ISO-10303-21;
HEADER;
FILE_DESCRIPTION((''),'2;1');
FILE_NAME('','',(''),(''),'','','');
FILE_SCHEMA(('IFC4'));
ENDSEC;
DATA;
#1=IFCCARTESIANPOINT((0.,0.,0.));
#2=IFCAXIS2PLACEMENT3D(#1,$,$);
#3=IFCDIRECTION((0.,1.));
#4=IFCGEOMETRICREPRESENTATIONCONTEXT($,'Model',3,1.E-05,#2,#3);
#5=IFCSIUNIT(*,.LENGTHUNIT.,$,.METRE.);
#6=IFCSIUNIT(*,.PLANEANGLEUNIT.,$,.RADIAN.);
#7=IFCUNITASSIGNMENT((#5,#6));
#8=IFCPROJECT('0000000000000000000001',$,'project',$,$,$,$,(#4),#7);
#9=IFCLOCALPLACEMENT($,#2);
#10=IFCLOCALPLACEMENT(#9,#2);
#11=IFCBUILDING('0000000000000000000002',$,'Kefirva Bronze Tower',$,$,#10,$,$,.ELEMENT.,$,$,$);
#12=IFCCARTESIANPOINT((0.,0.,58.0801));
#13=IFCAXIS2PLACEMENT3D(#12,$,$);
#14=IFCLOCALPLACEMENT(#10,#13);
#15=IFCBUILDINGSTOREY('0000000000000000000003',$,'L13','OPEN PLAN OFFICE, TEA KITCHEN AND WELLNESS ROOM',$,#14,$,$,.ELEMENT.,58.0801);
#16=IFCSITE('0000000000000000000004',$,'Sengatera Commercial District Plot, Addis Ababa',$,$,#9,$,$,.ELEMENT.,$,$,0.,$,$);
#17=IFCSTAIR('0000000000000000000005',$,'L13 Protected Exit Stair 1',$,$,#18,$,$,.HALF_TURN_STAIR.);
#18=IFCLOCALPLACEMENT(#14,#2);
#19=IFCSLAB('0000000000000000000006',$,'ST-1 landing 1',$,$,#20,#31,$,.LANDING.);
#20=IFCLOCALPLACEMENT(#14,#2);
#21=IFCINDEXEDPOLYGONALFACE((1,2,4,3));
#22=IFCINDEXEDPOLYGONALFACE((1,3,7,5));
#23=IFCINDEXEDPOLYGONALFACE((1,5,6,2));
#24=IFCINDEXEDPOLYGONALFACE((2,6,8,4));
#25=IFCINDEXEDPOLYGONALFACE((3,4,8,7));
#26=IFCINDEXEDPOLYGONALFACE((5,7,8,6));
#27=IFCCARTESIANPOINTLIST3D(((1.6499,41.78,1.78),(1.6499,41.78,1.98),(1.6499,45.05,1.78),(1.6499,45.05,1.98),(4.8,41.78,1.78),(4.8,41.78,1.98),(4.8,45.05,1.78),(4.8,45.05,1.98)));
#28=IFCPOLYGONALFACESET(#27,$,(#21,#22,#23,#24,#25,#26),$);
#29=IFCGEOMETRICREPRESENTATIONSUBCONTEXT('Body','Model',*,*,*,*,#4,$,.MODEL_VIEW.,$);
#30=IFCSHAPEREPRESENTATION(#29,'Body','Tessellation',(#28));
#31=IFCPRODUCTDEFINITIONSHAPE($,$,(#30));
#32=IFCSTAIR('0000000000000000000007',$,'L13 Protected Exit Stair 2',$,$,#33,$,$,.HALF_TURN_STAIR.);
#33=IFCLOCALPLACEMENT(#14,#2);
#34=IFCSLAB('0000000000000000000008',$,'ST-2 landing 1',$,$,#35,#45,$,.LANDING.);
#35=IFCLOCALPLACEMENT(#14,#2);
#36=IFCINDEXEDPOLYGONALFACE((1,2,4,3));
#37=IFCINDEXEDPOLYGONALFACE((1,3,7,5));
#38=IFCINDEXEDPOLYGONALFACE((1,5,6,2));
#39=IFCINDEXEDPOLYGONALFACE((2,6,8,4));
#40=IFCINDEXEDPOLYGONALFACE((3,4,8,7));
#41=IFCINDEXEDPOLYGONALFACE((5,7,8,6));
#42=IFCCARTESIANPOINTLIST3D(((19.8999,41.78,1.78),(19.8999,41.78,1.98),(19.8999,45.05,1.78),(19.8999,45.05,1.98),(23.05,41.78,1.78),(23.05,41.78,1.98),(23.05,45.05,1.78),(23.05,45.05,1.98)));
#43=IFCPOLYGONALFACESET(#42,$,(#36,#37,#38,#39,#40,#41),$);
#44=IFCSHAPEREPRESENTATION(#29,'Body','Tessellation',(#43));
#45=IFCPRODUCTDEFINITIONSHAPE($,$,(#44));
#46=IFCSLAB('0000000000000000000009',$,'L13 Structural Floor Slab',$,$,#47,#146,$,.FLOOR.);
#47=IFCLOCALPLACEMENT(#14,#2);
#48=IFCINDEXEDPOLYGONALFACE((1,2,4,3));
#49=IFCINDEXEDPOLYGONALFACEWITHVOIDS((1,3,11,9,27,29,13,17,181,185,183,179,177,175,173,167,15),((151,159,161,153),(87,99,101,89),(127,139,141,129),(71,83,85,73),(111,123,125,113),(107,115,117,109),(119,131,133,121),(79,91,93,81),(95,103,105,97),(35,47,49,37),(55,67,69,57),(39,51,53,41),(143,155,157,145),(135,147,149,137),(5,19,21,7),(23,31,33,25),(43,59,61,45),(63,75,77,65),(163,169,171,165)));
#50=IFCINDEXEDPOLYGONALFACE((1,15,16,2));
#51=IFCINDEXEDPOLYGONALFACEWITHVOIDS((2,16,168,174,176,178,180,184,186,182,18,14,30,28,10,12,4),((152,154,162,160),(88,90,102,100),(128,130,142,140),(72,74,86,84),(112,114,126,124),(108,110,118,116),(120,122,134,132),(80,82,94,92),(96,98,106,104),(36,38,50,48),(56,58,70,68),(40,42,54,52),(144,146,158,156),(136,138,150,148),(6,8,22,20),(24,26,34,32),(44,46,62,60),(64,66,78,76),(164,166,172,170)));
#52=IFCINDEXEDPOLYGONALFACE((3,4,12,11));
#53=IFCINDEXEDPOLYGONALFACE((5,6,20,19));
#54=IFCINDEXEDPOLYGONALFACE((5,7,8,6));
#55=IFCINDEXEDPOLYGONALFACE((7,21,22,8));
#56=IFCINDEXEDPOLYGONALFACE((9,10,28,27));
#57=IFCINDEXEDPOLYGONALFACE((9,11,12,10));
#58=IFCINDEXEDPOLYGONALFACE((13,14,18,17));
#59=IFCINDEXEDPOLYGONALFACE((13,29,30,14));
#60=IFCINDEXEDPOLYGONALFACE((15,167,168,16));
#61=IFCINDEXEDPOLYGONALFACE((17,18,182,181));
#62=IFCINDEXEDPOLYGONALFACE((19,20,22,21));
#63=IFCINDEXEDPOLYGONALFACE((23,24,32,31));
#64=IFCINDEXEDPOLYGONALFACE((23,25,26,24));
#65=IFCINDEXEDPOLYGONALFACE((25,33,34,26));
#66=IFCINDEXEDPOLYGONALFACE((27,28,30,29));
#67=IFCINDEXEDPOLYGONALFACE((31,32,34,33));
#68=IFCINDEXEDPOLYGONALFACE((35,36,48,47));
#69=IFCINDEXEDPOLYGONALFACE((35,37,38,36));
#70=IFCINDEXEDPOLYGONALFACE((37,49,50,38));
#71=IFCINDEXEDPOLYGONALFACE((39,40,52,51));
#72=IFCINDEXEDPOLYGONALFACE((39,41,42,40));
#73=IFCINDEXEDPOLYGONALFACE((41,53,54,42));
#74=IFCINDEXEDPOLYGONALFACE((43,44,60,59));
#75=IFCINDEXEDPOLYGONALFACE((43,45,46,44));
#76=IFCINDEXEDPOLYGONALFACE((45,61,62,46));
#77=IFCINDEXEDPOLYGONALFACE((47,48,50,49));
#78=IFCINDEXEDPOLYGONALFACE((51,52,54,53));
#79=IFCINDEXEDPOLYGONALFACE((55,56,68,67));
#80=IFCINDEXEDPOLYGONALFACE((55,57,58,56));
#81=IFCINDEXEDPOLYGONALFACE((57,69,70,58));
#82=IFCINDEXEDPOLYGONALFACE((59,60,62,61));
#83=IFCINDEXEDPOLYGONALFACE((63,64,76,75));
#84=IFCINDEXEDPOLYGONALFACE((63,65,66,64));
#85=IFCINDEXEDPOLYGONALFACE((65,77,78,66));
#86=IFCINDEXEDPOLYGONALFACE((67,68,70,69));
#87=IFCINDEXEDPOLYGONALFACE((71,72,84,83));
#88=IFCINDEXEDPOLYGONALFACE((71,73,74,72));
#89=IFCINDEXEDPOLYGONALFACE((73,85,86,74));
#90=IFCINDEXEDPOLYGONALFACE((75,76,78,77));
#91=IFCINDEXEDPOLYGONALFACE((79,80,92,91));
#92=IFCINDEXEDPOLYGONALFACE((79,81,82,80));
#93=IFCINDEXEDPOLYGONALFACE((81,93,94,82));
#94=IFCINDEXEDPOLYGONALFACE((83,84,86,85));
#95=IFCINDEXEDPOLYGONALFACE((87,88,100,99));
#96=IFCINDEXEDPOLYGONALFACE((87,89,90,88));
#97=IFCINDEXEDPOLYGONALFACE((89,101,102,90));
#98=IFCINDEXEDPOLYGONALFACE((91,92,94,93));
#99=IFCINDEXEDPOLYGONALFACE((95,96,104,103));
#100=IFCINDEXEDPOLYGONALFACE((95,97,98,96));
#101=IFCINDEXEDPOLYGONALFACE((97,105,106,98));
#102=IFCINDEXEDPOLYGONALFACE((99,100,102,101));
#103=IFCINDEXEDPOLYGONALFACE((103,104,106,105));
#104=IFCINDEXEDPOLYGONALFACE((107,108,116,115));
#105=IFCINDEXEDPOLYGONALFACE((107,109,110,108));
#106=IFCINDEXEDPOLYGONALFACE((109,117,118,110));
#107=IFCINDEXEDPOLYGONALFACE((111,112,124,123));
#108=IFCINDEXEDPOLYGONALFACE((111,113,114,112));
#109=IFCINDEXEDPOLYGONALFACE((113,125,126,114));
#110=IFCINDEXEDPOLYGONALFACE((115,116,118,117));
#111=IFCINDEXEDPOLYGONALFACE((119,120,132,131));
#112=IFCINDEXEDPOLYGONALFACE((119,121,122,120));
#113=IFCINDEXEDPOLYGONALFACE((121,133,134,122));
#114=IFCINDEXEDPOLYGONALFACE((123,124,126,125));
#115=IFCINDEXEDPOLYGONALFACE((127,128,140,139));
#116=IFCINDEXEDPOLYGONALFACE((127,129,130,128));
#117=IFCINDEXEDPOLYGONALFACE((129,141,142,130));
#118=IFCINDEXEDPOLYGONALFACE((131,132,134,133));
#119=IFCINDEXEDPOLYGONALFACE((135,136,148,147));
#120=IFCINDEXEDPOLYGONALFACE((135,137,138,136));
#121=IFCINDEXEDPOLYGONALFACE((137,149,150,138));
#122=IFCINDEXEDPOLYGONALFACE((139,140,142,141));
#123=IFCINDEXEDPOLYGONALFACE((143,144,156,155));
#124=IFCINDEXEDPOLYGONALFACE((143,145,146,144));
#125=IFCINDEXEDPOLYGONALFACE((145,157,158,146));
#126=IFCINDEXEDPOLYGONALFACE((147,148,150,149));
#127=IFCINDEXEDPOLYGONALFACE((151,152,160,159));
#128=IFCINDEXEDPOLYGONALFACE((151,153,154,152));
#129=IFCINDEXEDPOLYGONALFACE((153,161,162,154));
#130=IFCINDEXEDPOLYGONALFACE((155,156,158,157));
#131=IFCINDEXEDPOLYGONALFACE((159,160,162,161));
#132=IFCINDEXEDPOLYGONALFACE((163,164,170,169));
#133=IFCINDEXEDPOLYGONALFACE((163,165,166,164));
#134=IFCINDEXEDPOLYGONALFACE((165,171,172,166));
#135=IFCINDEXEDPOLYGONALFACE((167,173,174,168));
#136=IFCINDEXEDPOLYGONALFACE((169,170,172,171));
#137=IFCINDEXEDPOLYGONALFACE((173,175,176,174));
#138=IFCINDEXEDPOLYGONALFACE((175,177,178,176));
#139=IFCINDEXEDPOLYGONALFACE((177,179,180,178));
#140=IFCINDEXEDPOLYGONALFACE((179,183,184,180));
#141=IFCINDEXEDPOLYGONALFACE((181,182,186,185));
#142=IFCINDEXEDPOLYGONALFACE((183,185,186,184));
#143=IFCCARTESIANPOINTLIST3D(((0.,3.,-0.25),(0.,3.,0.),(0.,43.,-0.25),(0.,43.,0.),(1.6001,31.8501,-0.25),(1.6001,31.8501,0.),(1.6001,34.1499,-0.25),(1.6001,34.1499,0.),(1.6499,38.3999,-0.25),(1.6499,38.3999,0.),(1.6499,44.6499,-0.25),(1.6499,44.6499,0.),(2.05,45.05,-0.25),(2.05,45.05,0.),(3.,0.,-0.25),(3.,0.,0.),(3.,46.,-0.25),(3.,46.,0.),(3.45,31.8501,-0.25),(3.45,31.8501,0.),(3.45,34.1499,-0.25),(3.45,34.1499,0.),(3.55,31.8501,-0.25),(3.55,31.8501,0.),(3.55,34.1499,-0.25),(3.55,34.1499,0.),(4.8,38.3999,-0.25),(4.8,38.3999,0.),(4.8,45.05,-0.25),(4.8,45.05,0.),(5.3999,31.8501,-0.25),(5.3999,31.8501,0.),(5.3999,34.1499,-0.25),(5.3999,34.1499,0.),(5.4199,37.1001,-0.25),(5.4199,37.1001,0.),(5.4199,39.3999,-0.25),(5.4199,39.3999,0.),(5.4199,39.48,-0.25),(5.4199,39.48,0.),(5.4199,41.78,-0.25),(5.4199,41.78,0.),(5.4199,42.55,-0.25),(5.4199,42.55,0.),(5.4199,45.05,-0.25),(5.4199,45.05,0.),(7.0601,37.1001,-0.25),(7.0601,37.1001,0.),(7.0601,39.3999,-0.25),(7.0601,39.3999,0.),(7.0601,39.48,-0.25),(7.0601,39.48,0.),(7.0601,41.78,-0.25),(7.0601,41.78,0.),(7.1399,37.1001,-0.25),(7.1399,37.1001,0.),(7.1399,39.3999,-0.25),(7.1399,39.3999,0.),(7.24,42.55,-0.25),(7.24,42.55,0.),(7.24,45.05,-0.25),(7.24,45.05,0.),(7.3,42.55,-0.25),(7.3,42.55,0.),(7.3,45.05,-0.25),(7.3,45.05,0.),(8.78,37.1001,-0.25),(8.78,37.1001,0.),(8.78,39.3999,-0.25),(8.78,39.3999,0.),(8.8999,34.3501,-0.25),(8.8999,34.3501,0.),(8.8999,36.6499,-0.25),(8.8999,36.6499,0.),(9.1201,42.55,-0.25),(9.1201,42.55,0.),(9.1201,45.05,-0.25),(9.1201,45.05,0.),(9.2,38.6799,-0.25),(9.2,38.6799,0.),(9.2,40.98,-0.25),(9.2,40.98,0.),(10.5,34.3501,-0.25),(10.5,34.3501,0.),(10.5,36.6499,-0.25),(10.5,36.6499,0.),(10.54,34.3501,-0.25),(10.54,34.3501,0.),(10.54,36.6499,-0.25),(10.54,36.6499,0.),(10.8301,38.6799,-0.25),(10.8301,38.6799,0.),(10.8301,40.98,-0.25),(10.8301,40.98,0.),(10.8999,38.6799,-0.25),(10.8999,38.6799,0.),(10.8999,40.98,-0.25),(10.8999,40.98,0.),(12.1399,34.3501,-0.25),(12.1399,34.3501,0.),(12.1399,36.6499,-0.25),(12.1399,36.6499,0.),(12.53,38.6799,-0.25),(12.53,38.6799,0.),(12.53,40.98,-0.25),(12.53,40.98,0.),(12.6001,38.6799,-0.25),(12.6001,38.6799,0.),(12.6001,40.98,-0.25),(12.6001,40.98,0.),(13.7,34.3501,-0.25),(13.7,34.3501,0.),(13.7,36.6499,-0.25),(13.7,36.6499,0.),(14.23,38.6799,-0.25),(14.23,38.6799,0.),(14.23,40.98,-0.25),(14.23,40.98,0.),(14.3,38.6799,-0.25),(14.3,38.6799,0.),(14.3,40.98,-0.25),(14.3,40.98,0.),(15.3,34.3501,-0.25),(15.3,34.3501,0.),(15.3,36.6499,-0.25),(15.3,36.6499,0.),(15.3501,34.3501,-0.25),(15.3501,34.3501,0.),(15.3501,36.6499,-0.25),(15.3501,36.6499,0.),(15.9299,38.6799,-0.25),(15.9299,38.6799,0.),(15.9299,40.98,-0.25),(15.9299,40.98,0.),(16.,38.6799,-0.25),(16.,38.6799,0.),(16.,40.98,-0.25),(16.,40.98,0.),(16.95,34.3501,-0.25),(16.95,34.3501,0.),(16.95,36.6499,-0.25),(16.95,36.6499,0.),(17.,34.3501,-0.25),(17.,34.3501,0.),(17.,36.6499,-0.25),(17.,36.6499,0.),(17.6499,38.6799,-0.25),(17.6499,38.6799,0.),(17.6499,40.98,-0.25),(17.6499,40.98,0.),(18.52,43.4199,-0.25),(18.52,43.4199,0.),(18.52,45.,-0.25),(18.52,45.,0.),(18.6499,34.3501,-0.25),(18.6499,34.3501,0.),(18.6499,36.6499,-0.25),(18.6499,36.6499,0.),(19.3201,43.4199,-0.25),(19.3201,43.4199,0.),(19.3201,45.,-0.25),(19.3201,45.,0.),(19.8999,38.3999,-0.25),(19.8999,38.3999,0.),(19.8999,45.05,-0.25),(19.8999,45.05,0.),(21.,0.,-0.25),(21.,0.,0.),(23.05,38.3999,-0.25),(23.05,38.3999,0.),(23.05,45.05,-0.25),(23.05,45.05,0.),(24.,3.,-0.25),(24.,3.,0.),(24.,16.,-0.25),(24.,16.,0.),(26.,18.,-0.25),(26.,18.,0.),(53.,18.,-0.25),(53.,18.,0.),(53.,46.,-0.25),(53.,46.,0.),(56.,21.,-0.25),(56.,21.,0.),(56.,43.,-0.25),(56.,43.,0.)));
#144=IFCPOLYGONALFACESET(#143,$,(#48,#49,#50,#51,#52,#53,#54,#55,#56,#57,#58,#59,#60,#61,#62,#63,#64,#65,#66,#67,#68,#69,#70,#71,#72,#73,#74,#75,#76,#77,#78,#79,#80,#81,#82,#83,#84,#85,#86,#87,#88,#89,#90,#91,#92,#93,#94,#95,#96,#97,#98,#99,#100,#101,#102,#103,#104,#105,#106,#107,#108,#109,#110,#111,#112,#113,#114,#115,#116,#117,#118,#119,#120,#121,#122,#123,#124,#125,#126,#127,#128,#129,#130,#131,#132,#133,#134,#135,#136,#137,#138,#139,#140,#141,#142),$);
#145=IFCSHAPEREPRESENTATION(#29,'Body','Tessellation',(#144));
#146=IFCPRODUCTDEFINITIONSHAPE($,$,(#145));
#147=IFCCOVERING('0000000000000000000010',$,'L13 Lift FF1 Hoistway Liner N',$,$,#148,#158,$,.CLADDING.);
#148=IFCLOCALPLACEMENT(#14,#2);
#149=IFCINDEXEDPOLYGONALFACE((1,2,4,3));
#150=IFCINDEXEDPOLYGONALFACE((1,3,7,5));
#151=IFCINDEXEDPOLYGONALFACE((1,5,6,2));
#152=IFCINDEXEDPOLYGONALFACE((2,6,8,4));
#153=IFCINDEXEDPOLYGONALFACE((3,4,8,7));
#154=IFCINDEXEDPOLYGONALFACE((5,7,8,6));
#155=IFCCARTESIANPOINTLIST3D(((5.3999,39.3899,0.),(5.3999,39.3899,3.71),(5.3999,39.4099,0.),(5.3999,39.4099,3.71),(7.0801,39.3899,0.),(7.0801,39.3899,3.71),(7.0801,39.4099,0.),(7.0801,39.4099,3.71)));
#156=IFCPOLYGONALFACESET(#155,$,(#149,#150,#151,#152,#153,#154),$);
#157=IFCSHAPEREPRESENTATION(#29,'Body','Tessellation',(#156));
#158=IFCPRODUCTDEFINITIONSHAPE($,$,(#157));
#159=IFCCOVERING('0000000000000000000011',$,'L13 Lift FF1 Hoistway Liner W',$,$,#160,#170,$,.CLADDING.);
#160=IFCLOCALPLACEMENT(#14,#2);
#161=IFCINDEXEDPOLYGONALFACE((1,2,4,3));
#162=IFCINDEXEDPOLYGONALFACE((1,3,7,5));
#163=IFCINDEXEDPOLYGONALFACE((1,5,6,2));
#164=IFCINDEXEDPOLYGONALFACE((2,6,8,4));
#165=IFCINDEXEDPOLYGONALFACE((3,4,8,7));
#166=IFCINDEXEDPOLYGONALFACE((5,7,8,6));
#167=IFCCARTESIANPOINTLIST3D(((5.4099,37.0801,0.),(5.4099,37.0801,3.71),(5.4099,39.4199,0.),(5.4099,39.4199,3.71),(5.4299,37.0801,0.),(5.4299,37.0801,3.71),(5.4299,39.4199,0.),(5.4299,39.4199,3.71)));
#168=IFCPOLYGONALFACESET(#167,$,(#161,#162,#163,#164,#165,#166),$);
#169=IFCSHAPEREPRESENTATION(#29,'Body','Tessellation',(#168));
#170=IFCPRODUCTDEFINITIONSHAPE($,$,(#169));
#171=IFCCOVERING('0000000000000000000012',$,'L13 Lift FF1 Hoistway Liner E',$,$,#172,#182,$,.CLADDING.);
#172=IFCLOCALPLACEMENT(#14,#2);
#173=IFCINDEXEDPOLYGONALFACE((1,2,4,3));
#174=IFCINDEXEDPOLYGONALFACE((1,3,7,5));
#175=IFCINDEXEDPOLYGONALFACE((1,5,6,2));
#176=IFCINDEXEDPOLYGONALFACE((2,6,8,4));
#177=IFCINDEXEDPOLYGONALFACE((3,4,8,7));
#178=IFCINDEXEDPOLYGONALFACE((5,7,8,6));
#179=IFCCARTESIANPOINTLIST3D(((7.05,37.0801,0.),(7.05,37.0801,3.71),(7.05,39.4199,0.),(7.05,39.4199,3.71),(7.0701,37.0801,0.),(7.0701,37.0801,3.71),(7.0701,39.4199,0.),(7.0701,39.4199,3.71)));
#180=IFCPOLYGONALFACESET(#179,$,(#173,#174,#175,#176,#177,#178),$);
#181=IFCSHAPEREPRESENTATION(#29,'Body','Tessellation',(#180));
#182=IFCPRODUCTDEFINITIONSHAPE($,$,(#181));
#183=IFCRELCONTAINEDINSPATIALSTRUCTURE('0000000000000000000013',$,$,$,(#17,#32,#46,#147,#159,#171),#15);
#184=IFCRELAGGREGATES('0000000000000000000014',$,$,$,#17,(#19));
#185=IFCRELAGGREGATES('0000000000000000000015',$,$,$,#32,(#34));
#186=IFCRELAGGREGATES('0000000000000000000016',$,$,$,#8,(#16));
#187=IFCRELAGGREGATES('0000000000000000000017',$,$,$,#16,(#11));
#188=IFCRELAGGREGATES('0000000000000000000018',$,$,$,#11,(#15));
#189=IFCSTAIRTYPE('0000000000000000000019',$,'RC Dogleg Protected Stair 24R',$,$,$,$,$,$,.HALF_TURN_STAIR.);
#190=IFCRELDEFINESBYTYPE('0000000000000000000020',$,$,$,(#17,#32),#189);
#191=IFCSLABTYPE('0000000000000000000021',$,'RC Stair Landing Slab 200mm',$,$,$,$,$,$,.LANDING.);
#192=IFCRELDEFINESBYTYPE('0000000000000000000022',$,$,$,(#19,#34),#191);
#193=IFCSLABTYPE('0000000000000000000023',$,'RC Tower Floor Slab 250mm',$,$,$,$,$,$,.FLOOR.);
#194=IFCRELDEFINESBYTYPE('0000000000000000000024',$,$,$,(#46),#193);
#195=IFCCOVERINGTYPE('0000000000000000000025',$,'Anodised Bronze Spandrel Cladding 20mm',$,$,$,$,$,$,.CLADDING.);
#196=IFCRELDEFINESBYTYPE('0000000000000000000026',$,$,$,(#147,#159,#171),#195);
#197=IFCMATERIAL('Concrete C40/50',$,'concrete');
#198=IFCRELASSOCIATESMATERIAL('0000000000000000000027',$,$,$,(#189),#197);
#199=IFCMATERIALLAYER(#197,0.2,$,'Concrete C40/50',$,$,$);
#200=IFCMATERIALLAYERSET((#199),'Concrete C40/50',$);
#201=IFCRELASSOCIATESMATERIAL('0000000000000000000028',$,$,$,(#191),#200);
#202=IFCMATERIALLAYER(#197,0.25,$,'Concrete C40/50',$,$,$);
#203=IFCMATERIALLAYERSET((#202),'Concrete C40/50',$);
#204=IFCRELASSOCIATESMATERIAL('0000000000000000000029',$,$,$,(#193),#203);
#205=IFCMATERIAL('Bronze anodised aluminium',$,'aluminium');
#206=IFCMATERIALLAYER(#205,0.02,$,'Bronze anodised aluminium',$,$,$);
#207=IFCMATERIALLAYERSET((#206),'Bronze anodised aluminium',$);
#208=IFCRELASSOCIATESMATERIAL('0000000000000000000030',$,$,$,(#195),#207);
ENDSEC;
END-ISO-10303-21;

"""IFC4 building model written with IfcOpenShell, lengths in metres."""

from ifc_helpers import new_model, si_unit, direction, frame, origin, place, context, subcontext, project, spatial, polyline, outline, extrude, material, layer, layer_set, type_object, element, aggregate, save


model = new_model("IFC4")

# Units and contexts
model_context = context("Model", 3, precision=1e-05, world=origin(), true_north=direction((0.0, 1.0)))
body_context = subcontext(model_context, "Body", "Model", "MODEL_VIEW")
ifc_project = project(units=[si_unit("LENGTHUNIT", "METRE"), si_unit("PLANEANGLEUNIT", "RADIAN")], contexts=[model_context])

# Site, building, storey
site_placement = place(None, origin())
site = spatial("IfcSite", under=ifc_project, at=site_placement, Name="Sengatera Commercial District Plot, Addis Ababa", CompositionType="ELEMENT", RefElevation=0.0)
building_placement = place(site_placement, origin())
building = spatial("IfcBuilding", under=site, at=building_placement, Name="Kefirva Bronze Tower", CompositionType="ELEMENT")
storey_placement = place(building_placement, frame((0.0, 0.0, 58.0801)))
storey = spatial("IfcBuildingStorey", under=building, at=storey_placement, Name="L13", Description="OPEN PLAN OFFICE, TEA KITCHEN AND WELLNESS ROOM", CompositionType="ELEMENT", Elevation=58.0801)

# Stairs, slabs
ifc_material_1 = material(Name="Concrete C40/50", Category="concrete")
stair_type = type_object("IfcStairType", Name="RC Dogleg Protected Stair 24R", PredefinedType="HALF_TURN_STAIR", material=ifc_material_1)
stair_1_placement = place(storey_placement, origin())
stair_1 = element("IfcStair", 1, at=stair_1_placement, inside=storey, type_object=stair_type, Name="L13 Protected Exit Stair 1", PredefinedType="HALF_TURN_STAIR")
ifc_layer_1 = layer(ifc_material_1, 0.2, Name="Concrete C40/50")
ifc_layer_set_1 = layer_set([ifc_layer_1], Name="Concrete C40/50")
slab_type_1 = type_object("IfcSlabType", Name="RC Stair Landing Slab 200mm", PredefinedType="LANDING", material=ifc_layer_set_1)
slab_1_placement = place(storey_placement, frame((0.0, 0.0, 1.78)))
slab_1 = element("IfcSlab", 2, at=slab_1_placement, type_object=slab_type_1, Name="ST-1 landing 1", PredefinedType="LANDING", context=body_context, shape_type="SweptSolid", body=[
    extrude(outline(polyline([(4.8, 41.78), (4.8, 45.05), (1.6499, 45.05), (1.6499, 41.78), (4.8, 41.78)])), origin(), (0.0, 0.0, 1.0), 0.2),
])
aggregate(stair_1, [slab_1])
stair_2_placement = place(storey_placement, origin())
stair_2 = element("IfcStair", 3, at=stair_2_placement, inside=storey, type_object=stair_type, Name="L13 Protected Exit Stair 2", PredefinedType="HALF_TURN_STAIR")
slab_2_placement = place(storey_placement, frame((0.0, 0.0, 1.78)))
slab_2 = element("IfcSlab", 4, at=slab_2_placement, type_object=slab_type_1, Name="ST-2 landing 1", PredefinedType="LANDING", context=body_context, shape_type="SweptSolid", body=[
    extrude(outline(polyline([(23.05, 41.78), (23.05, 45.05), (19.8999, 45.05), (19.8999, 41.78), (23.05, 41.78)])), origin(), (0.0, 0.0, 1.0), 0.2),
])
aggregate(stair_2, [slab_2])

# Slab
ifc_layer_2 = layer(ifc_material_1, 0.25, Name="Concrete C40/50")
ifc_layer_set_2 = layer_set([ifc_layer_2], Name="Concrete C40/50")
slab_type_2 = type_object("IfcSlabType", Name="RC Tower Floor Slab 250mm", PredefinedType="FLOOR", material=ifc_layer_set_2)
slab_3_placement = place(storey_placement, frame((0.0, 0.0, -0.25)))
element("IfcSlab", 5, at=slab_3_placement, inside=storey, type_object=slab_type_2, Name="L13 Structural Floor Slab", PredefinedType="FLOOR", context=body_context, shape_type="SweptSolid", body=[
    extrude(outline(polyline([(0.0, 3.0), (0.0, 43.0), (1.6499, 44.6499), (1.6499, 38.3999), (4.8, 38.3999), (4.8, 45.05), (2.05, 45.05), (3.0, 46.0), (53.0, 46.0), (56.0, 43.0), (56.0, 21.0), (53.0, 18.0), (26.0, 18.0), (24.0, 16.0), (24.0, 3.0), (21.0, 0.0), (3.0, 0.0), (0.0, 3.0)]), holes=[polyline([(19.8999, 38.3999), (23.05, 38.3999), (23.05, 45.05), (19.8999, 45.05), (19.8999, 38.3999)]), polyline([(18.52, 43.4199), (19.3201, 43.4199), (19.3201, 45.0), (18.52, 45.0), (18.52, 43.4199)]), polyline([(17.0, 34.3501), (18.6499, 34.3501), (18.6499, 36.6499), (17.0, 36.6499), (17.0, 34.3501)]), polyline([(17.6499, 38.6799), (17.6499, 40.98), (16.0, 40.98), (16.0, 38.6799), (17.6499, 38.6799)]), polyline([(16.95, 34.3501), (16.95, 36.6499), (15.3501, 36.6499), (15.3501, 34.3501), (16.95, 34.3501)]), polyline([(15.9299, 38.6799), (15.9299, 40.98), (14.3, 40.98), (14.3, 38.6799), (15.9299, 38.6799)]), polyline([(15.3, 34.3501), (15.3, 36.6499), (13.7, 36.6499), (13.7, 34.3501), (15.3, 34.3501)]), polyline([(14.23, 38.6799), (14.23, 40.98), (12.6001, 40.98), (12.6001, 38.6799), (14.23, 38.6799)]), polyline([(10.8999, 38.6799), (12.53, 38.6799), (12.53, 40.98), (10.8999, 40.98), (10.8999, 38.6799)]), polyline([(12.1399, 34.3501), (12.1399, 36.6499), (10.54, 36.6499), (10.54, 34.3501), (12.1399, 34.3501)]), polyline([(10.8301, 38.6799), (10.8301, 40.98), (9.2, 40.98), (9.2, 38.6799), (10.8301, 38.6799)]), polyline([(10.5, 34.3501), (10.5, 36.6499), (8.8999, 36.6499), (8.8999, 34.3501), (10.5, 34.3501)]), polyline([(7.3, 42.55), (9.1201, 42.55), (9.1201, 45.05), (7.3, 45.05), (7.3, 42.55)]), polyline([(7.1399, 37.1001), (8.78, 37.1001), (8.78, 39.3999), (7.1399, 39.3999), (7.1399, 37.1001)]), polyline([(5.4199, 42.55), (7.24, 42.55), (7.24, 45.05), (5.4199, 45.05), (5.4199, 42.55)]), polyline([(7.0601, 39.48), (7.0601, 41.78), (5.4199, 41.78), (5.4199, 39.48), (7.0601, 39.48)]), polyline([(5.4199, 37.1001), (7.0601, 37.1001), (7.0601, 39.3999), (5.4199, 39.3999), (5.4199, 37.1001)]), polyline([(5.3999, 31.8501), (5.3999, 34.1499), (3.55, 34.1499), (3.55, 31.8501), (5.3999, 31.8501)]), polyline([(3.45, 31.8501), (3.45, 34.1499), (1.6001, 34.1499), (1.6001, 31.8501), (3.45, 31.8501)])]), origin(), (0.0, 0.0, 1.0), 0.25),
])

# Coverings
ifc_material_2 = material(Name="Bronze anodised aluminium", Category="aluminium")
ifc_layer_3 = layer(ifc_material_2, 0.02, Name="Bronze anodised aluminium")
ifc_layer_set_3 = layer_set([ifc_layer_3], Name="Bronze anodised aluminium")
covering_type = type_object("IfcCoveringType", Name="Anodised Bronze Spandrel Cladding 20mm", PredefinedType="CLADDING", material=ifc_layer_set_3)
covering_1_placement = place(storey_placement, origin())
element("IfcCovering", 6, at=covering_1_placement, inside=storey, type_object=covering_type, Name="L13 Lift FF1 Hoistway Liner N", PredefinedType="CLADDING", context=body_context, shape_type="SweptSolid", body=[
    extrude(outline(polyline([(5.3999, 39.3899), (7.0801, 39.3899), (7.0801, 39.4099), (5.3999, 39.4099), (5.3999, 39.3899)])), origin(), (0.0, 0.0, 1.0), 3.71),
])
covering_2_placement = place(storey_placement, origin())
element("IfcCovering", 7, at=covering_2_placement, inside=storey, type_object=covering_type, Name="L13 Lift FF1 Hoistway Liner W", PredefinedType="CLADDING", context=body_context, shape_type="SweptSolid", body=[
    extrude(outline(polyline([(5.4099, 37.0801), (5.4299, 37.0801), (5.4299, 39.4199), (5.4099, 39.4199), (5.4099, 37.0801)])), origin(), (0.0, 0.0, 1.0), 3.71),
])
covering_3_placement = place(storey_placement, origin())
element("IfcCovering", 8, at=covering_3_placement, inside=storey, type_object=covering_type, Name="L13 Lift FF1 Hoistway Liner E", PredefinedType="CLADDING", context=body_context, shape_type="SweptSolid", body=[
    extrude(outline(polyline([(7.05, 37.0801), (7.0701, 37.0801), (7.0701, 39.4199), (7.05, 39.4199), (7.05, 37.0801)])), origin(), (0.0, 0.0, 1.0), 3.71),
])

save(model, "model.ifc")
